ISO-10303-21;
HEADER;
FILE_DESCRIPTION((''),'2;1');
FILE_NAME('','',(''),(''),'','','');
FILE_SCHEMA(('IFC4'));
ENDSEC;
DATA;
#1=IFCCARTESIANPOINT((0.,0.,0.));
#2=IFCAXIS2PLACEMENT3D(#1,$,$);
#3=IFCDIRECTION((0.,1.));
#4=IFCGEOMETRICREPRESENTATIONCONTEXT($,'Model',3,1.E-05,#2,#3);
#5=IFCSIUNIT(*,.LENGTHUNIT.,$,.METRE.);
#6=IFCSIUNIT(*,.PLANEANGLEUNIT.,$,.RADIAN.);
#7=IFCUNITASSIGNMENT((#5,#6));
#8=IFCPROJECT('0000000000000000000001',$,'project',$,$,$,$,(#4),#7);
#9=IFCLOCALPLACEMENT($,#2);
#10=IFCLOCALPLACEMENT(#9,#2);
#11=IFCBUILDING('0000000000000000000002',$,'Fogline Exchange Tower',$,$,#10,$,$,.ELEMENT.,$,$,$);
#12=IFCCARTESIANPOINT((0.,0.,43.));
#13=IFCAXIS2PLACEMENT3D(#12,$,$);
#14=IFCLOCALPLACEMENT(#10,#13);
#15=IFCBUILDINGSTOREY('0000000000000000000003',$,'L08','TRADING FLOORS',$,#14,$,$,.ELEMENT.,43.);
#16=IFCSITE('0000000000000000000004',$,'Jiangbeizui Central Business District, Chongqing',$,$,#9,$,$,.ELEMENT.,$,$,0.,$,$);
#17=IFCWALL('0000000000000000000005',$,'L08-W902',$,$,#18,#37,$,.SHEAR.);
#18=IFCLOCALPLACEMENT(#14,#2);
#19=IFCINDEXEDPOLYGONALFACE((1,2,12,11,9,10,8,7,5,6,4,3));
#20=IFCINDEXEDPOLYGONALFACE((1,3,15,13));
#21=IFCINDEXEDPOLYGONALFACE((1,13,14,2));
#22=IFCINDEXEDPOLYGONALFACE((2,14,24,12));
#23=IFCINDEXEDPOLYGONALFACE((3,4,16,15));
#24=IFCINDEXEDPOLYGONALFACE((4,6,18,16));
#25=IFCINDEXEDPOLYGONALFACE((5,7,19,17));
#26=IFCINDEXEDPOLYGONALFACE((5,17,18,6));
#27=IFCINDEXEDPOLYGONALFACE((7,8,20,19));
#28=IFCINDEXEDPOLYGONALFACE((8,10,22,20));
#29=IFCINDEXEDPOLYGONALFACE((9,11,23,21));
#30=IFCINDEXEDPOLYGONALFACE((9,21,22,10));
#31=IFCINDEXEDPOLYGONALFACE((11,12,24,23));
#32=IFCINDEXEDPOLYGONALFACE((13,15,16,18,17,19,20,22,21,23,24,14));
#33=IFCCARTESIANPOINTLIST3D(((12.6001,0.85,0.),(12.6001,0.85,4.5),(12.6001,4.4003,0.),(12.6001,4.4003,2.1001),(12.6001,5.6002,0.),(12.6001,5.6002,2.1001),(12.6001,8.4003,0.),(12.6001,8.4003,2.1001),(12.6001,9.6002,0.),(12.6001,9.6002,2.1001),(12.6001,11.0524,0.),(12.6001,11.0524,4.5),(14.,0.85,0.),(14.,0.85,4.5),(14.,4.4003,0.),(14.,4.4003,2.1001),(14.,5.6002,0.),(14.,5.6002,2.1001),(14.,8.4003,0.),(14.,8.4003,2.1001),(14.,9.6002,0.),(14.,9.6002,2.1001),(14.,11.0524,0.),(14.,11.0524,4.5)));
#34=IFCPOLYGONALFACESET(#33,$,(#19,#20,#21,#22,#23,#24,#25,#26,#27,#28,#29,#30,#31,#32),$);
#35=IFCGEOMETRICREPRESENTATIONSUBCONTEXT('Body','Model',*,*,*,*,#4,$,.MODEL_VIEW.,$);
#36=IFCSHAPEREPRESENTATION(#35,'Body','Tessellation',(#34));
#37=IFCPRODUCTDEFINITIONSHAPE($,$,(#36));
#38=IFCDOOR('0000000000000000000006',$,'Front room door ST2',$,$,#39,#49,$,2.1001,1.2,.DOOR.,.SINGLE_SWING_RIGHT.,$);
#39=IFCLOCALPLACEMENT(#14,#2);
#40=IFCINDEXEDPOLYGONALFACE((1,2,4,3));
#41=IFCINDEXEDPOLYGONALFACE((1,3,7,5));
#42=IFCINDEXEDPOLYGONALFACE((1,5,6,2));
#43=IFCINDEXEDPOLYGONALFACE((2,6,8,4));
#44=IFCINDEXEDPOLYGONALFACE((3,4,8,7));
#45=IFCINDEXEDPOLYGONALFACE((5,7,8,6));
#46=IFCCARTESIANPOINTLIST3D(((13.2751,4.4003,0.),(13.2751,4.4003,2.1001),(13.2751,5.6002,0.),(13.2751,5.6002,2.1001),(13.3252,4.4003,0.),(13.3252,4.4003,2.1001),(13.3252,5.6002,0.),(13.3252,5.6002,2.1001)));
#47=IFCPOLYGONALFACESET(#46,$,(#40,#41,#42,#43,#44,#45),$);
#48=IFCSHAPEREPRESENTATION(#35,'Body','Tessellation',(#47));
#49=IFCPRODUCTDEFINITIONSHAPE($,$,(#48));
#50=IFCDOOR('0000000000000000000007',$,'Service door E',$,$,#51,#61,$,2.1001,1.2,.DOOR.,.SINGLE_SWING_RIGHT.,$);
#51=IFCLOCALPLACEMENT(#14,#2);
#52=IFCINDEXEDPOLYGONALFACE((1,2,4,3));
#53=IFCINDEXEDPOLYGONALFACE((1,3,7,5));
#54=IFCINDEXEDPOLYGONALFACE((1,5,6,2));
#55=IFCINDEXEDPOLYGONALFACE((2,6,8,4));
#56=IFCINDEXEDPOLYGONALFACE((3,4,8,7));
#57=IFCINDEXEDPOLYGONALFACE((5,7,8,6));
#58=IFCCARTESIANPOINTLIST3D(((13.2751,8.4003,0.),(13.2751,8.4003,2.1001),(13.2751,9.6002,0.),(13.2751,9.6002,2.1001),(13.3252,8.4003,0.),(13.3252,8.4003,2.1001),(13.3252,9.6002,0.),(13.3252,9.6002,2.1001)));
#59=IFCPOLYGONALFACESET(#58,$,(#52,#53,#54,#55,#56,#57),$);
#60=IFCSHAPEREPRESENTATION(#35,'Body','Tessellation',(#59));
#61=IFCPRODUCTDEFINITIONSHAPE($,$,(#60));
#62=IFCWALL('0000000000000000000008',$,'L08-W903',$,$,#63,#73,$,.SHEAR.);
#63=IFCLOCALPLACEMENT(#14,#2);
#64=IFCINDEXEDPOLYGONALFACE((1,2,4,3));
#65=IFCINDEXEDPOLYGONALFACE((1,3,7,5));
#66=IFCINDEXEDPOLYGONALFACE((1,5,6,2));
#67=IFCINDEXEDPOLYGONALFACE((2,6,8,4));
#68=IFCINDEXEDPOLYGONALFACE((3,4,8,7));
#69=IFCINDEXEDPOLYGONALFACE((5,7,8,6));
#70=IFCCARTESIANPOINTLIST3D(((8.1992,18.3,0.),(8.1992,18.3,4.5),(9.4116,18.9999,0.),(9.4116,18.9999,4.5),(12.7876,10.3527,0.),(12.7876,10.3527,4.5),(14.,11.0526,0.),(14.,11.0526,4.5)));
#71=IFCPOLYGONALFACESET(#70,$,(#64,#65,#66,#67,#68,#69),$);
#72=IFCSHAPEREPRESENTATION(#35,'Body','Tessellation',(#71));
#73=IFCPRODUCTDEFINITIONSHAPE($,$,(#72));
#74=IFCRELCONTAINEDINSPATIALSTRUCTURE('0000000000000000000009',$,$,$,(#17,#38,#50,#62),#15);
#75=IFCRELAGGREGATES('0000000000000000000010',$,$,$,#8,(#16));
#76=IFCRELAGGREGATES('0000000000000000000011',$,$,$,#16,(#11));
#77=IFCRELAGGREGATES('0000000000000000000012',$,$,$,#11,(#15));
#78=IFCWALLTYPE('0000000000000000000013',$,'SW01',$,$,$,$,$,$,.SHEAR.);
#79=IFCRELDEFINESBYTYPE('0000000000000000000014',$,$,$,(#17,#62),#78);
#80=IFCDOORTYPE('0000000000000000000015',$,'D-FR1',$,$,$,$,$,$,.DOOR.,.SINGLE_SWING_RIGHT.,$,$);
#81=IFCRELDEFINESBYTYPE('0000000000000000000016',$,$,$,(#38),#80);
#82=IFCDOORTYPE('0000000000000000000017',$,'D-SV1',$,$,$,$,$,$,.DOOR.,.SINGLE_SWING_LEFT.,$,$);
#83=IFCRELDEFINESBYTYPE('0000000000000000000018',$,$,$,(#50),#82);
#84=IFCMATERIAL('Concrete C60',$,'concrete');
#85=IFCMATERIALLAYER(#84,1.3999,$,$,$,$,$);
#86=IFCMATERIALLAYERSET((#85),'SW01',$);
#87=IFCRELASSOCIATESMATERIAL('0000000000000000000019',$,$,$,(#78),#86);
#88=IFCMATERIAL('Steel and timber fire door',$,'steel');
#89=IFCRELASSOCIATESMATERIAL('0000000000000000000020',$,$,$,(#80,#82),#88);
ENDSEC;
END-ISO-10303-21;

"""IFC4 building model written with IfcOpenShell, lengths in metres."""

from ifc_helpers import new_model, si_unit, direction, frame, frame_2d, origin, place, context, subcontext, project, spatial, rectangle, extrude, material, layer, layer_set, type_object, element, fill, save


model = new_model("IFC4")

# Units and contexts
model_context = context("Model", 3, precision=1e-05, world=origin(), true_north=direction((0.0, 1.0)))
body_context = subcontext(model_context, "Body", "Model", "MODEL_VIEW")
ifc_project = project(units=[si_unit("LENGTHUNIT", "METRE"), si_unit("PLANEANGLEUNIT", "RADIAN")], contexts=[model_context])

# Site, building, storey
site_placement = place(None, origin())
site = spatial("IfcSite", under=ifc_project, at=site_placement, Name="Jiangbeizui Central Business District, Chongqing", CompositionType="ELEMENT", RefElevation=0.0)
building_placement = place(site_placement, origin())
building = spatial("IfcBuilding", under=site, at=building_placement, Name="Fogline Exchange Tower", CompositionType="ELEMENT")
storey_placement = place(building_placement, frame((0.0, 0.0, 43.0)))
storey = spatial("IfcBuildingStorey", under=building, at=storey_placement, Name="L08", Description="TRADING FLOORS", CompositionType="ELEMENT", Elevation=43.0)

# Shared definitions
ifc_material_1 = material(Name="Steel and timber fire door", Category="steel")

# Wall, openings, doors
ifc_material_2 = material(Name="Concrete C60", Category="concrete")
ifc_layer_1 = layer(ifc_material_2, 1.3999)
ifc_layer_set_1 = layer_set([ifc_layer_1], Name="SW01")
wall_type_1 = type_object("IfcWallType", Name="SW01", PredefinedType="SHEAR", material=ifc_layer_set_1)
wall_1_placement = place(storey_placement, frame((13.3, 0.8501, 0.0), z_axis=(0.0, 0.0, 1.0), x_axis=(0.0, 1.0, 0.0)))
wall_1 = element("IfcWall", 1, at=wall_1_placement, inside=storey, type_object=wall_type_1, Name="L08-W902", PredefinedType="SHEAR", context=body_context, shape_type="SweptSolid", body=[
    extrude(rectangle(XDim=10.2024, YDim=1.3999, at=frame_2d((5.1011, 0.0))), origin(), (0.0, 0.0, 1.0), 4.5),
])
opening_1_placement = place(wall_1_placement, frame((3.55, 0.0, 0.0)))
opening_1 = element("IfcOpeningElement", 2, at=opening_1_placement, cuts=wall_1, PredefinedType="OPENING", context=body_context, shape_type="SweptSolid", body=[
    extrude(rectangle(XDim=1.2, YDim=2.1001, at=frame_2d((0.6001, 1.05))), frame((0.0, 0.71, 0.0), z_axis=(0.0, -1.0, 0.0), x_axis=(1.0, 0.0, 0.0)), (0.0, 0.0, 1.0), 1.4199),
])
opening_2_placement = place(wall_1_placement, frame((7.55, 0.0, 0.0)))
opening_2 = element("IfcOpeningElement", 3, at=opening_2_placement, cuts=wall_1, PredefinedType="OPENING", context=body_context, shape_type="SweptSolid", body=[
    extrude(rectangle(XDim=1.2, YDim=2.1001, at=frame_2d((0.6001, 1.05))), frame((0.0, 0.71, 0.0), z_axis=(0.0, -1.0, 0.0), x_axis=(1.0, 0.0, 0.0)), (0.0, 0.0, 1.0), 1.4199),
])
door_type_1 = type_object("IfcDoorType", Name="D-FR1", OperationType="SINGLE_SWING_RIGHT", PredefinedType="DOOR", material=ifc_material_1)
door_1_placement = place(opening_1_placement, origin())
door_1 = element("IfcDoor", 4, at=door_1_placement, inside=storey, type_object=door_type_1, Name="Front room door ST2", OperationType="SINGLE_SWING_RIGHT", OverallHeight=2.1001, OverallWidth=1.2, PredefinedType="DOOR", context=body_context, shape_type="SweptSolid", body=[
    extrude(rectangle(XDim=1.2, YDim=2.1001, at=frame_2d((0.6001, 1.05))), frame((0.0, 0.0249, 0.0), z_axis=(0.0, -1.0, 0.0), x_axis=(1.0, 0.0, 0.0)), (0.0, 0.0, 1.0), 0.05),
])
fill(opening_1, door_1)
door_type_2 = type_object("IfcDoorType", Name="D-SV1", OperationType="SINGLE_SWING_LEFT", PredefinedType="DOOR", material=ifc_material_1)
door_2_placement = place(opening_2_placement, origin())
door_2 = element("IfcDoor", 5, at=door_2_placement, inside=storey, type_object=door_type_2, Name="Service door E", OperationType="SINGLE_SWING_RIGHT", OverallHeight=2.1001, OverallWidth=1.2, PredefinedType="DOOR", context=body_context, shape_type="SweptSolid", body=[
    extrude(rectangle(XDim=1.2, YDim=2.1001, at=frame_2d((0.6001, 1.05))), frame((0.0, 0.0249, 0.0), z_axis=(0.0, -1.0, 0.0), x_axis=(1.0, 0.0, 0.0)), (0.0, 0.0, 1.0), 0.05),
])
fill(opening_2, door_2)

# Wall
wall_2_placement = place(storey_placement, frame((13.3938, 10.7026, 0.0), z_axis=(0.0, 0.0, 1.0), x_axis=(-0.500002, 0.866024, 0.0)))
element("IfcWall", 6, at=wall_2_placement, inside=storey, type_object=wall_type_1, Name="L08-W903", PredefinedType="SHEAR", context=body_context, shape_type="SweptSolid", body=[
    extrude(rectangle(XDim=9.1768, YDim=1.3999, at=frame_2d((4.5884, 0.0))), origin(), (0.0, 0.0, 1.0), 4.5),
])

save(model, "model.ifc")
